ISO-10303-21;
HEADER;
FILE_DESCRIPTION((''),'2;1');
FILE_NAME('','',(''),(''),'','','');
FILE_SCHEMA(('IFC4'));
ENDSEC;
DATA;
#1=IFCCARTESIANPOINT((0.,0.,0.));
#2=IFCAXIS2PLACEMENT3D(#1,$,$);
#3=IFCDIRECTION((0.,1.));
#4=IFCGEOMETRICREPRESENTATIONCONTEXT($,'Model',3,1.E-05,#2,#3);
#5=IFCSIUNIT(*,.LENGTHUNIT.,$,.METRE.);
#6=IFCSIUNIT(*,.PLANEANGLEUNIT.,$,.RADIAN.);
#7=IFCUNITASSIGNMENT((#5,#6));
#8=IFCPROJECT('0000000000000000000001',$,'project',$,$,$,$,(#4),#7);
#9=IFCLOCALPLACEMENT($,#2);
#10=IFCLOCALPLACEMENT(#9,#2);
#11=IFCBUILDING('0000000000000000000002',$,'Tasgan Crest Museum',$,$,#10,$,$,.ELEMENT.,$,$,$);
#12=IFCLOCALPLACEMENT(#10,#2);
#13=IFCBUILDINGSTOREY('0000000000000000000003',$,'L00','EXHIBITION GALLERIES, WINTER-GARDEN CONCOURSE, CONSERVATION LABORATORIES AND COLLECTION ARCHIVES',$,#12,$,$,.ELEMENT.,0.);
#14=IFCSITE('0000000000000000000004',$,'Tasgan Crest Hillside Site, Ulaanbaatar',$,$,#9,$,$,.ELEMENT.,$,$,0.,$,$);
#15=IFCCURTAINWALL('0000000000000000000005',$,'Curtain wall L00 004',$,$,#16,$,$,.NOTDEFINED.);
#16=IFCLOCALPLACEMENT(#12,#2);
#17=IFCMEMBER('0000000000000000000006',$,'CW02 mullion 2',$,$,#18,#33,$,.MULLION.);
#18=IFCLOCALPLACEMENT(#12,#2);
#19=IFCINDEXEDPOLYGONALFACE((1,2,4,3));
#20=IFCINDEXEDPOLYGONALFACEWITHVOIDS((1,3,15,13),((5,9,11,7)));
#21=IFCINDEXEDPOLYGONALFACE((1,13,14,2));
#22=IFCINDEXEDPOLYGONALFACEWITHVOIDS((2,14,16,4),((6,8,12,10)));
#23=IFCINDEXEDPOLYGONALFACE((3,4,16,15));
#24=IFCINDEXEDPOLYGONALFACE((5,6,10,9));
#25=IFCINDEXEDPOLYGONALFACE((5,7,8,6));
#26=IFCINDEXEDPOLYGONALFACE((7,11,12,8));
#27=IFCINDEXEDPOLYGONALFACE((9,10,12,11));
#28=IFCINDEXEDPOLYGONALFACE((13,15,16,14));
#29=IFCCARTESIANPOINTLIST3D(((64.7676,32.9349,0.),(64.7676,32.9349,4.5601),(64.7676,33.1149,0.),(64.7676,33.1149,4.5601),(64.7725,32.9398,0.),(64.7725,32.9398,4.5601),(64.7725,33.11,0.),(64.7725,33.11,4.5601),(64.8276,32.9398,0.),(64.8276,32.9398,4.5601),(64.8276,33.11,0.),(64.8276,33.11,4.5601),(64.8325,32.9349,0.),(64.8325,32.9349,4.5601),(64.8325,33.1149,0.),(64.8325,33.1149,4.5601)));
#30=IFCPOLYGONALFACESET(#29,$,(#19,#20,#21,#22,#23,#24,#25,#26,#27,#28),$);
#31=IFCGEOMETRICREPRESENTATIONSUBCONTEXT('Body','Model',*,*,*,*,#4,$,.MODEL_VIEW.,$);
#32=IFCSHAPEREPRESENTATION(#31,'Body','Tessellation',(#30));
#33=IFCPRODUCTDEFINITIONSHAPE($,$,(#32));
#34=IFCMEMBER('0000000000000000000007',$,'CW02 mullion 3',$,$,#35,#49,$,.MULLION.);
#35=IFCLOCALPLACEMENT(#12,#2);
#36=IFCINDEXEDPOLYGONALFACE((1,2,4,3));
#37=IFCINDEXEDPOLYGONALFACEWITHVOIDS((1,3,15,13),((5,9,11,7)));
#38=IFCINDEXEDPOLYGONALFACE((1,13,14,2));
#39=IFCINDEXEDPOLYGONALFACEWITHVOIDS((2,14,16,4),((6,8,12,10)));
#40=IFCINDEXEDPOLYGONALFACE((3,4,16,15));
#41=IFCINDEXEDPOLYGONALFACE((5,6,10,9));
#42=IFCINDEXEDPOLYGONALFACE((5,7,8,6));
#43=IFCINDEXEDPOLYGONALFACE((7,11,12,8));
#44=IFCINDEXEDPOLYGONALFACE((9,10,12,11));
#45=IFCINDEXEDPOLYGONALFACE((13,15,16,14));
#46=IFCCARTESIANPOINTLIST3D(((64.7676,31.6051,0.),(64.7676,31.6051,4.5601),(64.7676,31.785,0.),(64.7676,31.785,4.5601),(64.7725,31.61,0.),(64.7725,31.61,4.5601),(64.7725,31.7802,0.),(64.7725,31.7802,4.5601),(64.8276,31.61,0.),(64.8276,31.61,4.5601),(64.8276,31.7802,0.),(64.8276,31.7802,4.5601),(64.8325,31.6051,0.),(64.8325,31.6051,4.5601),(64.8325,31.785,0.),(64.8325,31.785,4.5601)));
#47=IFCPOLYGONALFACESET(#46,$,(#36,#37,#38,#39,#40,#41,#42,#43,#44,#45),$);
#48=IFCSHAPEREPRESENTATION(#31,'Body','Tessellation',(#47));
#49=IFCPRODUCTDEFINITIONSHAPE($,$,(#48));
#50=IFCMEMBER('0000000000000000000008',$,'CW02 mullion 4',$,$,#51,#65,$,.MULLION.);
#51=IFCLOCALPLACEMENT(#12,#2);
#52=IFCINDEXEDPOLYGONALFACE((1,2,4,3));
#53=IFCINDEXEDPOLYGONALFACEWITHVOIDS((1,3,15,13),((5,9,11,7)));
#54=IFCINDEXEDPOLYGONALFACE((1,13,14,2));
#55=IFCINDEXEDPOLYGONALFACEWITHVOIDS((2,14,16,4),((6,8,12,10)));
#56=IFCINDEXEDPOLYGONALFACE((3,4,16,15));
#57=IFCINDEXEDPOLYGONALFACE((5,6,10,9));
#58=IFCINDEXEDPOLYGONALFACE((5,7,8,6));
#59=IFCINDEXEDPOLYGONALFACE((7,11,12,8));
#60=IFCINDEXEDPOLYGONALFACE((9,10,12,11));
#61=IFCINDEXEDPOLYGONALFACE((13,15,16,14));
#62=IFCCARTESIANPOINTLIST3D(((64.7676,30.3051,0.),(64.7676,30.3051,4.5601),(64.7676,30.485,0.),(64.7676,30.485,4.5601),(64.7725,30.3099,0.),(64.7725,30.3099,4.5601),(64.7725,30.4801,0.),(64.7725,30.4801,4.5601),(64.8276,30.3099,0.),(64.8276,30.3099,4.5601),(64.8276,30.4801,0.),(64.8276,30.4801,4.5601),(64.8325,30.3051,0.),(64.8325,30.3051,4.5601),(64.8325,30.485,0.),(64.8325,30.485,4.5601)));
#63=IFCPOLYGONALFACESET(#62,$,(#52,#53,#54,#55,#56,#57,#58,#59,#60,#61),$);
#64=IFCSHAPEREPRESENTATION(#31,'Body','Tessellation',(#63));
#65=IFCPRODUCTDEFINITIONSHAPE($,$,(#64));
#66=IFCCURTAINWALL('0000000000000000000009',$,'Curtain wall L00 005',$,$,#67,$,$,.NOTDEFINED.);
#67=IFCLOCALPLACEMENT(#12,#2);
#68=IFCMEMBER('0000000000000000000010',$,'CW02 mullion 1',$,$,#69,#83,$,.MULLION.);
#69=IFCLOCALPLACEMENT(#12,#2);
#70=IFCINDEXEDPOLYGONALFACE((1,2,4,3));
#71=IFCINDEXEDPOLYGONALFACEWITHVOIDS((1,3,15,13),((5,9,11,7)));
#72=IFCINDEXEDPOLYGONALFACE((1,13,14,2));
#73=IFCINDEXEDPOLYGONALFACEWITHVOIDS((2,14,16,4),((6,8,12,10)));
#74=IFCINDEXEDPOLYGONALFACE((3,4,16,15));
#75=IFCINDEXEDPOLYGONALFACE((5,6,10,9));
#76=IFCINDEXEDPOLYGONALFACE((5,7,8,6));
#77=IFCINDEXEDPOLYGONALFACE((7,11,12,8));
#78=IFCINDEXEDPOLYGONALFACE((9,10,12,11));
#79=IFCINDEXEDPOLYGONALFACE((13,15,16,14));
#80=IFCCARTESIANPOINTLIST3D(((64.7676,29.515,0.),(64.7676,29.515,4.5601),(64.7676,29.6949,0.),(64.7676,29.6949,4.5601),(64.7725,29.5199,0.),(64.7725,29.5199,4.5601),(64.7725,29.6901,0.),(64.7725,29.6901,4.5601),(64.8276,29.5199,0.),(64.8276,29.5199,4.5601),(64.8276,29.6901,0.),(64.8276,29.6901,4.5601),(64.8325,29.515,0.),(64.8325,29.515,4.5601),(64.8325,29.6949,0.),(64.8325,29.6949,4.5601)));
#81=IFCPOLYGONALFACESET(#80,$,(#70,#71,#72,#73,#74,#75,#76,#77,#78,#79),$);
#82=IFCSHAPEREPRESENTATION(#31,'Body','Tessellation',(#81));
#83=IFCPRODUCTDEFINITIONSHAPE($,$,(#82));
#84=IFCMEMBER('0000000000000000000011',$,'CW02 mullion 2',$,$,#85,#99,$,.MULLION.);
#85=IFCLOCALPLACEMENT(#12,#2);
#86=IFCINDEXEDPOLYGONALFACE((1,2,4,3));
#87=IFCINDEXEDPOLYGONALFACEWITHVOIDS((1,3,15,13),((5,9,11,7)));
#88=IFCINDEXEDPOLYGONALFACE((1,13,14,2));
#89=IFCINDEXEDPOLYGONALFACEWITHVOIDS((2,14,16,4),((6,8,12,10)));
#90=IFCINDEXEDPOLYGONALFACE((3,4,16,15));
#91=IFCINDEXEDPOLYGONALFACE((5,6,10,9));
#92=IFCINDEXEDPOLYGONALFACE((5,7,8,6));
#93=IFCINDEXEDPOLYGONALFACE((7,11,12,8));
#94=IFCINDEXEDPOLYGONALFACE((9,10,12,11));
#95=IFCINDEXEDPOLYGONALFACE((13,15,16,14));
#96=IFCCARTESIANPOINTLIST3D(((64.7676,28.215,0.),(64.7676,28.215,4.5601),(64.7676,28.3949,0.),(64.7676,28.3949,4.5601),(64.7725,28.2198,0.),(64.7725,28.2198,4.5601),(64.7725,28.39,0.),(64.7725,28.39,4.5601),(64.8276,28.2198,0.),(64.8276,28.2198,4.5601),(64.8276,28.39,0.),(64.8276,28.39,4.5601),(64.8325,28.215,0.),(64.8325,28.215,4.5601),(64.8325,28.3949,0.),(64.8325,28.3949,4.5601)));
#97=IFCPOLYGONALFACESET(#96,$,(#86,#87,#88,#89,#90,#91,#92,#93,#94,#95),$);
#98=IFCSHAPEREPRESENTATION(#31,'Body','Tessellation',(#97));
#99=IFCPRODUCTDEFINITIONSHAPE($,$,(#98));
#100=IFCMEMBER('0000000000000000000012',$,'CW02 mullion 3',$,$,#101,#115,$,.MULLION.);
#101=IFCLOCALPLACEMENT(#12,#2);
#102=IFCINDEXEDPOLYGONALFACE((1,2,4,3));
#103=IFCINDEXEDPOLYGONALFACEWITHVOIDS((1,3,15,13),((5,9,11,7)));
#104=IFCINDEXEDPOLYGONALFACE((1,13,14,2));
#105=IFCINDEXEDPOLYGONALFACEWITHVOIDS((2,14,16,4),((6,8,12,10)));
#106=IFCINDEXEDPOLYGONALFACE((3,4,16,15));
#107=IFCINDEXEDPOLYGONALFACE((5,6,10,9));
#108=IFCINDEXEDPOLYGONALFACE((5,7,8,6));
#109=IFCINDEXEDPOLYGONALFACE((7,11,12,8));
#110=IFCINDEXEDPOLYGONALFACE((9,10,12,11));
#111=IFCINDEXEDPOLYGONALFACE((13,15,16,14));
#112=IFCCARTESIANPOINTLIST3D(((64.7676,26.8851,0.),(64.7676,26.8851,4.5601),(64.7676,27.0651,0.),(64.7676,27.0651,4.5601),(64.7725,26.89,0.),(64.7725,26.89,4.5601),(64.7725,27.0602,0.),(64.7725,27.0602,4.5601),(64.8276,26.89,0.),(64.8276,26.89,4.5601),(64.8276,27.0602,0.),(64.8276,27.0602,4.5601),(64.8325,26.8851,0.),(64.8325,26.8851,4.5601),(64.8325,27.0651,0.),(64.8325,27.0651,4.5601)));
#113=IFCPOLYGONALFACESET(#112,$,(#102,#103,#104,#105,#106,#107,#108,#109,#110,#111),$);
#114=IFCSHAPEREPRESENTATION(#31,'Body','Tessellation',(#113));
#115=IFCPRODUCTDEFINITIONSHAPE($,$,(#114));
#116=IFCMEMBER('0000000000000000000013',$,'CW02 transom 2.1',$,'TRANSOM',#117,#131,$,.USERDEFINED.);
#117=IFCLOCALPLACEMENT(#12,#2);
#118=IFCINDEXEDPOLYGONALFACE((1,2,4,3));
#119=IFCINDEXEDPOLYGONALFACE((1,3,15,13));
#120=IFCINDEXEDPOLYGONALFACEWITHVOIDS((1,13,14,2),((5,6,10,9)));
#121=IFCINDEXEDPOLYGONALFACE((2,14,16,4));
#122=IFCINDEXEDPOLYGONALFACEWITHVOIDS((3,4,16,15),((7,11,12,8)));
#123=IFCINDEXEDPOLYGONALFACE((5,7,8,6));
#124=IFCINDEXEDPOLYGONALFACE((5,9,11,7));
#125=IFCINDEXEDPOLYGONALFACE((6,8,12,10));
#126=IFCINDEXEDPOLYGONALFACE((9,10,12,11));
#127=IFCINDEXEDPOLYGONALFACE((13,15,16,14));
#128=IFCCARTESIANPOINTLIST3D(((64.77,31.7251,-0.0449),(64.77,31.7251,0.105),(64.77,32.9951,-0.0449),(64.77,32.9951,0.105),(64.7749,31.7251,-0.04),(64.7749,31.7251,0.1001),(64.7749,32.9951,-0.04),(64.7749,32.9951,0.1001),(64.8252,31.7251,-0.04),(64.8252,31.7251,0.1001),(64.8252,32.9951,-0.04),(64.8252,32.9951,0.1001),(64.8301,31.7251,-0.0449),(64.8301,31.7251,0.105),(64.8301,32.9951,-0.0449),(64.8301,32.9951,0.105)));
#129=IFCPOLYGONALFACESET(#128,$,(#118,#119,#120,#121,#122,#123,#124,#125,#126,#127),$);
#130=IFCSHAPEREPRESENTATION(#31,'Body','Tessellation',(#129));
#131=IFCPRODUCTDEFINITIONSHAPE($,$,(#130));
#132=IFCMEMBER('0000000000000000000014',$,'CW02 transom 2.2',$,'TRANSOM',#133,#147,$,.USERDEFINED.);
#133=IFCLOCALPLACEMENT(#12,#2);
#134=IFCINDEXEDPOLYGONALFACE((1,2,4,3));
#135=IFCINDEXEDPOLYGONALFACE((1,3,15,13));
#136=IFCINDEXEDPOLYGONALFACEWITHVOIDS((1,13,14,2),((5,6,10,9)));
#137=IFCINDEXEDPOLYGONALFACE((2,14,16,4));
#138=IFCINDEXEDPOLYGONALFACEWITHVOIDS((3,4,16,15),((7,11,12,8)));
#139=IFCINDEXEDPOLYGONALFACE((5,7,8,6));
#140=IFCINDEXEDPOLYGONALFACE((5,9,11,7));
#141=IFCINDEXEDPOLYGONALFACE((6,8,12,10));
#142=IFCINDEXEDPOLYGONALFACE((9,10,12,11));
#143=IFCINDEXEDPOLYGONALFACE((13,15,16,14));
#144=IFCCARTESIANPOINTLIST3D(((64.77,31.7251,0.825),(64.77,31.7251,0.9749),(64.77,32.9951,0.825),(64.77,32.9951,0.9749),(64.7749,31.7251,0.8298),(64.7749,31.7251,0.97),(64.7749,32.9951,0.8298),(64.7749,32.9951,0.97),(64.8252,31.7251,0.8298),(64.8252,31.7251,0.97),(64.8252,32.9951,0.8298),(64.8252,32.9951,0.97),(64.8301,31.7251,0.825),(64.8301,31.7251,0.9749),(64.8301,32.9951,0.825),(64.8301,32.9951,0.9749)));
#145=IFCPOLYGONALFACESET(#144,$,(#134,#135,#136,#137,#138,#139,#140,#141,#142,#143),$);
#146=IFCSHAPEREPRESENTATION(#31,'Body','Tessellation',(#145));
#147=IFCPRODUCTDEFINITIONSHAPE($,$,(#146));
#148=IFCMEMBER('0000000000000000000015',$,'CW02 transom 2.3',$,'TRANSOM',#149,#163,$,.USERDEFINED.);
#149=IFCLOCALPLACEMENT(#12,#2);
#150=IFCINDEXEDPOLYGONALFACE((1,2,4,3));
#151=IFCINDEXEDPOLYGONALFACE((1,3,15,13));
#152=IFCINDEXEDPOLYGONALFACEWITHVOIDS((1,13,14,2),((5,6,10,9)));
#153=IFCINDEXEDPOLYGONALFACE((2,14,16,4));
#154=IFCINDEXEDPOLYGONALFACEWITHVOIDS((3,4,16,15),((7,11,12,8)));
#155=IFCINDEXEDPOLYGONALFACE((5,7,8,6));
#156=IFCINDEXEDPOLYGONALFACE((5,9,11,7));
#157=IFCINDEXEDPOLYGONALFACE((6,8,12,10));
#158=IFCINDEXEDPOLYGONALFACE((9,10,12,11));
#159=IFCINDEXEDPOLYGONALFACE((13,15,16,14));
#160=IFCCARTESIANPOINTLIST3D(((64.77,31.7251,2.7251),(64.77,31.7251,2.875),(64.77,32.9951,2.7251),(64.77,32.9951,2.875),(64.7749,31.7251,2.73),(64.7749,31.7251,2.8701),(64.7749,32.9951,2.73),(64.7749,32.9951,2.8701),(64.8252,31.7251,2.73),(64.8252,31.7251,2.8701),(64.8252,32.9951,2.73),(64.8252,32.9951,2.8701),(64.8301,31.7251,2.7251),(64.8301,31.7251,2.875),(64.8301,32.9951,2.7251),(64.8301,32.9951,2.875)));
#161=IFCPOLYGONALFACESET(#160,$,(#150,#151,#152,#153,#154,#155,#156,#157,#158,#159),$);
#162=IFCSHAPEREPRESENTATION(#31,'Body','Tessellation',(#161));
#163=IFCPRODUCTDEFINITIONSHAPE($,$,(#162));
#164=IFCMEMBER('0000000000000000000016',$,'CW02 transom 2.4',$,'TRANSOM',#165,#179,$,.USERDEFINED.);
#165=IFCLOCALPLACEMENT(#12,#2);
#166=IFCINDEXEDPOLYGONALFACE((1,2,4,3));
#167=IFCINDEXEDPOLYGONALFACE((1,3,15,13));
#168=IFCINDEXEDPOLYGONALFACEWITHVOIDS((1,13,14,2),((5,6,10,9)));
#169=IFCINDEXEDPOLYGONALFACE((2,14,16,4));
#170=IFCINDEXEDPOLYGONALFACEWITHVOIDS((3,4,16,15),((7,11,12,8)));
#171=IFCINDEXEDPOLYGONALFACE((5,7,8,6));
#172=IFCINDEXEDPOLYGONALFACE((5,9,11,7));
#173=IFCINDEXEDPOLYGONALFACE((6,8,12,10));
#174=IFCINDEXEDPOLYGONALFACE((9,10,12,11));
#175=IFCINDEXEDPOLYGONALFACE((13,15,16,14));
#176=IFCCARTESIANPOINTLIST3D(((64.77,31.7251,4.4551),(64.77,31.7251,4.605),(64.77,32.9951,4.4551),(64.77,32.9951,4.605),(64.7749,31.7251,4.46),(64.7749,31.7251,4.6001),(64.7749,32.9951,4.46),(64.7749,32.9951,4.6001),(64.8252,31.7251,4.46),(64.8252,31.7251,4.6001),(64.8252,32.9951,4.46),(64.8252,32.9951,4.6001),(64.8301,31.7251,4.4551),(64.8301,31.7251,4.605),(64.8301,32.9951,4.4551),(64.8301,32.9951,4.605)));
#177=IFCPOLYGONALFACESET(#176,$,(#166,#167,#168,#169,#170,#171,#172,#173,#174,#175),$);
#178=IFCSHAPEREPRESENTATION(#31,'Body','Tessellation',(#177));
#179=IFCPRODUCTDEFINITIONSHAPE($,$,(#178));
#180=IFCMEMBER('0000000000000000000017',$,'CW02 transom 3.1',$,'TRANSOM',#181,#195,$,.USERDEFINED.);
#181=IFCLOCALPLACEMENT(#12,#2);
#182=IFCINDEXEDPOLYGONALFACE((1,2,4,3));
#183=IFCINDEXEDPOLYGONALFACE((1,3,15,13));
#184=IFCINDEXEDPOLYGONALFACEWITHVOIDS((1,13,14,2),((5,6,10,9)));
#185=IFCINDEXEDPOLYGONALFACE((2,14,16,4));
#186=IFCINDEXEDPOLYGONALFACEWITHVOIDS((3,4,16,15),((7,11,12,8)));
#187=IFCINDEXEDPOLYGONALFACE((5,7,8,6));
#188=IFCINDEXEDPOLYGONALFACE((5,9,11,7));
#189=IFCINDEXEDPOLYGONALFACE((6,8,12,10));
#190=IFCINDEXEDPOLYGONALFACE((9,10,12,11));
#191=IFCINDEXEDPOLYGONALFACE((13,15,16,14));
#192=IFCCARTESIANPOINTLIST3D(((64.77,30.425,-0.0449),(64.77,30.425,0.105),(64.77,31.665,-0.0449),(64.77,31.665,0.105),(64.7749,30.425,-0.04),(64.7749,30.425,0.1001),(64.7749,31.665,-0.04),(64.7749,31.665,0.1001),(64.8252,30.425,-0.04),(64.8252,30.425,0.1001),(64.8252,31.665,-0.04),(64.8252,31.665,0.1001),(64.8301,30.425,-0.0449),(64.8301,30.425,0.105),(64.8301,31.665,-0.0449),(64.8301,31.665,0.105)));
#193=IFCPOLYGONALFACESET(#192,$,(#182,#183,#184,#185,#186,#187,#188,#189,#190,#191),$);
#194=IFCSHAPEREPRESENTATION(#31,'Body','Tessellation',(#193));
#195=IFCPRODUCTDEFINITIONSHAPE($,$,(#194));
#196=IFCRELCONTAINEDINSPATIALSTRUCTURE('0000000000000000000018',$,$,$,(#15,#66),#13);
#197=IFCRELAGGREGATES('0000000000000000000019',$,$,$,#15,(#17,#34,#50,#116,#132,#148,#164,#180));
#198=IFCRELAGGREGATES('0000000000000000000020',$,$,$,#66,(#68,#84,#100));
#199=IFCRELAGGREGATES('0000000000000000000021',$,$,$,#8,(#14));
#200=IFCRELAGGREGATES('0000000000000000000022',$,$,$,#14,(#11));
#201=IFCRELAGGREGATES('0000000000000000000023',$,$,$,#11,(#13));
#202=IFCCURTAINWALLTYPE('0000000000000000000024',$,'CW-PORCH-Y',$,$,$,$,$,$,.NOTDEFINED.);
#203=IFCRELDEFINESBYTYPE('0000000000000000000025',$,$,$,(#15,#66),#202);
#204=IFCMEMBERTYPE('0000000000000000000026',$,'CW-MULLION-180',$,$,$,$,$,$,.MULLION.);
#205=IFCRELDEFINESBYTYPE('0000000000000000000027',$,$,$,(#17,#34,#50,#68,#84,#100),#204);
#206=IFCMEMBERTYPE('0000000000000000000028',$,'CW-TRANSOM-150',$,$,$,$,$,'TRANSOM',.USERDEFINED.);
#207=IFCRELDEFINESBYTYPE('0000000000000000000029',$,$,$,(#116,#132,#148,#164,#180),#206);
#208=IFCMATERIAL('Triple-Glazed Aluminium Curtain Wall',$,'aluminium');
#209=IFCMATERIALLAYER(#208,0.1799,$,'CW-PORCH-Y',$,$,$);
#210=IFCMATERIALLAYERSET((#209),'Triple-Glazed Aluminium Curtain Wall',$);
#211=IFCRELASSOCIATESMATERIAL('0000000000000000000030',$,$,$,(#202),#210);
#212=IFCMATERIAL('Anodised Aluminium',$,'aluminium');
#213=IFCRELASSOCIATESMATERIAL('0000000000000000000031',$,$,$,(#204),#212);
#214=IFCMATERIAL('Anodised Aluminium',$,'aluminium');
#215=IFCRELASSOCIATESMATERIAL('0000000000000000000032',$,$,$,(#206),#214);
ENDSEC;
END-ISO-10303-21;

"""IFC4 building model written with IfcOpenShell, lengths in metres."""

from ifc_helpers import new_model, si_unit, direction, frame, origin, origin_2d, place, context, subcontext, project, spatial, hollow_rectangle, extrude, material, layer, layer_set, material_profile, profile_set, type_object, element, aggregate, save


model = new_model("IFC4")

# Units and contexts
model_context = context("Model", 3, precision=1e-05, world=origin(), true_north=direction((0.0, 1.0)))
body_context = subcontext(model_context, "Body", "Model", "MODEL_VIEW")
ifc_project = project(units=[si_unit("LENGTHUNIT", "METRE"), si_unit("PLANEANGLEUNIT", "RADIAN")], contexts=[model_context])

# Site, building, storey
site_placement = place(None, origin())
site = spatial("IfcSite", under=ifc_project, at=site_placement, Name="Tasgan Crest Hillside Site, Ulaanbaatar", CompositionType="ELEMENT", RefElevation=0.0)
building_placement = place(site_placement, origin())
building = spatial("IfcBuilding", under=site, at=building_placement, Name="Tasgan Crest Museum", CompositionType="ELEMENT")
storey_placement = place(building_placement, origin())
storey = spatial("IfcBuildingStorey", under=building, at=storey_placement, Name="L00", Description="EXHIBITION GALLERIES, WINTER-GARDEN CONCOURSE, CONSERVATION LABORATORIES AND COLLECTION ARCHIVES", CompositionType="ELEMENT", Elevation=0.0)

# Curtain walls, members
ifc_material_1 = material(Name="Triple-Glazed Aluminium Curtain Wall", Category="aluminium")
ifc_layer_1 = layer(ifc_material_1, 0.1799, Name="CW-PORCH-Y")
ifc_layer_set_1 = layer_set([ifc_layer_1], Name="Triple-Glazed Aluminium Curtain Wall")
curtain_wall_type = type_object("IfcCurtainWallType", Name="CW-PORCH-Y", PredefinedType="NOTDEFINED", material=ifc_layer_set_1)
curtain_wall_1_placement = place(storey_placement, origin())
curtain_wall_1 = element("IfcCurtainWall", 1, at=curtain_wall_1_placement, inside=storey, type_object=curtain_wall_type, Name="Curtain wall L00 004", PredefinedType="NOTDEFINED")
ifc_material_2 = material(Name="Anodised Aluminium", Category="aluminium")
ifc_material_profile_1 = material_profile(ifc_material_2, hollow_rectangle(XDim=0.0649, YDim=0.1799, WallThickness=0.0049, at=origin_2d()), Name="ALU MULLION 180x65x5")
ifc_profile_set_1 = profile_set([ifc_material_profile_1], Name="Anodised Aluminium")
member_type_1 = type_object("IfcMemberType", Name="CW-MULLION-180", PredefinedType="MULLION", material=ifc_profile_set_1)
member_1_placement = place(storey_placement, frame((64.8, 33.0249, 0.0), z_axis=(0.0, 0.0, 1.0), x_axis=(1.0, 0.0, 0.0)))
member_1 = element("IfcMember", 2, at=member_1_placement, type_object=member_type_1, Name="CW02 mullion 2", PredefinedType="MULLION", context=body_context, shape_type="SweptSolid", body=[
    extrude(hollow_rectangle(XDim=0.0649, YDim=0.1799, WallThickness=0.0049, at=origin_2d()), origin(), (0.0, 0.0, 1.0), 4.5601),
])
member_2_placement = place(storey_placement, frame((64.8, 31.6951, 0.0), z_axis=(0.0, 0.0, 1.0), x_axis=(1.0, 0.0, 0.0)))
member_2 = element("IfcMember", 3, at=member_2_placement, type_object=member_type_1, Name="CW02 mullion 3", PredefinedType="MULLION", context=body_context, shape_type="SweptSolid", body=[
    extrude(hollow_rectangle(XDim=0.0649, YDim=0.1799, WallThickness=0.0049, at=origin_2d()), origin(), (0.0, 0.0, 1.0), 4.5601),
])
member_3_placement = place(storey_placement, frame((64.8, 30.395, 0.0), z_axis=(0.0, 0.0, 1.0), x_axis=(1.0, 0.0, 0.0)))
member_3 = element("IfcMember", 4, at=member_3_placement, type_object=member_type_1, Name="CW02 mullion 4", PredefinedType="MULLION", context=body_context, shape_type="SweptSolid", body=[
    extrude(hollow_rectangle(XDim=0.0649, YDim=0.1799, WallThickness=0.0049, at=origin_2d()), origin(), (0.0, 0.0, 1.0), 4.5601),
])
curtain_wall_2_placement = place(storey_placement, origin())
curtain_wall_2 = element("IfcCurtainWall", 5, at=curtain_wall_2_placement, inside=storey, type_object=curtain_wall_type, Name="Curtain wall L00 005", PredefinedType="NOTDEFINED")
member_4_placement = place(storey_placement, frame((64.8, 29.605, 0.0), z_axis=(0.0, 0.0, 1.0), x_axis=(1.0, 0.0, 0.0)))
member_4 = element("IfcMember", 6, at=member_4_placement, type_object=member_type_1, Name="CW02 mullion 1", PredefinedType="MULLION", context=body_context, shape_type="SweptSolid", body=[
    extrude(hollow_rectangle(XDim=0.0649, YDim=0.1799, WallThickness=0.0049, at=origin_2d()), origin(), (0.0, 0.0, 1.0), 4.5601),
])
member_5_placement = place(storey_placement, frame((64.8, 28.3049, 0.0), z_axis=(0.0, 0.0, 1.0), x_axis=(1.0, 0.0, 0.0)))
member_5 = element("IfcMember", 7, at=member_5_placement, type_object=member_type_1, Name="CW02 mullion 2", PredefinedType="MULLION", context=body_context, shape_type="SweptSolid", body=[
    extrude(hollow_rectangle(XDim=0.0649, YDim=0.1799, WallThickness=0.0049, at=origin_2d()), origin(), (0.0, 0.0, 1.0), 4.5601),
])
member_6_placement = place(storey_placement, frame((64.8, 26.9751, 0.0), z_axis=(0.0, 0.0, 1.0), x_axis=(1.0, 0.0, 0.0)))
member_6 = element("IfcMember", 8, at=member_6_placement, type_object=member_type_1, Name="CW02 mullion 3", PredefinedType="MULLION", context=body_context, shape_type="SweptSolid", body=[
    extrude(hollow_rectangle(XDim=0.0649, YDim=0.1799, WallThickness=0.0049, at=origin_2d()), origin(), (0.0, 0.0, 1.0), 4.5601),
])

# Members
ifc_material_3 = material(Name="Anodised Aluminium", Category="aluminium")
ifc_material_profile_2 = material_profile(ifc_material_3, hollow_rectangle(XDim=0.0601, YDim=0.1499, WallThickness=0.0049, at=origin_2d()), Name="ALU TRANSOM 150x60x5")
ifc_profile_set_2 = profile_set([ifc_material_profile_2], Name="Anodised Aluminium")
member_type_2 = type_object("IfcMemberType", Name="CW-TRANSOM-150", ElementType="TRANSOM", PredefinedType="USERDEFINED", material=ifc_profile_set_2)
member_7_placement = place(storey_placement, frame((64.8, 32.9951, 0.03), z_axis=(0.0, -1.0, 0.0), x_axis=(1.0, 0.0, 0.0)))
member_7 = element("IfcMember", 9, at=member_7_placement, type_object=member_type_2, Name="CW02 transom 2.1", ObjectType="TRANSOM", PredefinedType="USERDEFINED", context=body_context, shape_type="SweptSolid", body=[
    extrude(hollow_rectangle(XDim=0.0601, YDim=0.1499, WallThickness=0.0049, at=origin_2d()), origin(), (0.0, 0.0, 1.0), 1.27),
])
member_8_placement = place(storey_placement, frame((64.8, 32.9951, 0.8999), z_axis=(0.0, -1.0, 0.0), x_axis=(1.0, 0.0, 0.0)))
member_8 = element("IfcMember", 10, at=member_8_placement, type_object=member_type_2, Name="CW02 transom 2.2", ObjectType="TRANSOM", PredefinedType="USERDEFINED", context=body_context, shape_type="SweptSolid", body=[
    extrude(hollow_rectangle(XDim=0.0601, YDim=0.1499, WallThickness=0.0049, at=origin_2d()), origin(), (0.0, 0.0, 1.0), 1.27),
])
member_9_placement = place(storey_placement, frame((64.8, 32.9951, 2.8), z_axis=(0.0, -1.0, 0.0), x_axis=(1.0, 0.0, 0.0)))
member_9 = element("IfcMember", 11, at=member_9_placement, type_object=member_type_2, Name="CW02 transom 2.3", ObjectType="TRANSOM", PredefinedType="USERDEFINED", context=body_context, shape_type="SweptSolid", body=[
    extrude(hollow_rectangle(XDim=0.0601, YDim=0.1499, WallThickness=0.0049, at=origin_2d()), origin(), (0.0, 0.0, 1.0), 1.27),
])
member_10_placement = place(storey_placement, frame((64.8, 32.9951, 4.53), z_axis=(0.0, -1.0, 0.0), x_axis=(1.0, 0.0, 0.0)))
member_10 = element("IfcMember", 12, at=member_10_placement, type_object=member_type_2, Name="CW02 transom 2.4", ObjectType="TRANSOM", PredefinedType="USERDEFINED", context=body_context, shape_type="SweptSolid", body=[
    extrude(hollow_rectangle(XDim=0.0601, YDim=0.1499, WallThickness=0.0049, at=origin_2d()), origin(), (0.0, 0.0, 1.0), 1.27),
])
member_11_placement = place(storey_placement, frame((64.8, 31.665, 0.03), z_axis=(0.0, -1.0, 0.0), x_axis=(1.0, 0.0, 0.0)))
member_11 = element("IfcMember", 13, at=member_11_placement, type_object=member_type_2, Name="CW02 transom 3.1", ObjectType="TRANSOM", PredefinedType="USERDEFINED", context=body_context, shape_type="SweptSolid", body=[
    extrude(hollow_rectangle(XDim=0.0601, YDim=0.1499, WallThickness=0.0049, at=origin_2d()), origin(), (0.0, 0.0, 1.0), 1.24),
])

aggregate(curtain_wall_1, [member_1, member_2, member_3, member_7, member_8, member_9, member_10, member_11])
aggregate(curtain_wall_2, [member_4, member_5, member_6])

save(model, "model.ifc")
